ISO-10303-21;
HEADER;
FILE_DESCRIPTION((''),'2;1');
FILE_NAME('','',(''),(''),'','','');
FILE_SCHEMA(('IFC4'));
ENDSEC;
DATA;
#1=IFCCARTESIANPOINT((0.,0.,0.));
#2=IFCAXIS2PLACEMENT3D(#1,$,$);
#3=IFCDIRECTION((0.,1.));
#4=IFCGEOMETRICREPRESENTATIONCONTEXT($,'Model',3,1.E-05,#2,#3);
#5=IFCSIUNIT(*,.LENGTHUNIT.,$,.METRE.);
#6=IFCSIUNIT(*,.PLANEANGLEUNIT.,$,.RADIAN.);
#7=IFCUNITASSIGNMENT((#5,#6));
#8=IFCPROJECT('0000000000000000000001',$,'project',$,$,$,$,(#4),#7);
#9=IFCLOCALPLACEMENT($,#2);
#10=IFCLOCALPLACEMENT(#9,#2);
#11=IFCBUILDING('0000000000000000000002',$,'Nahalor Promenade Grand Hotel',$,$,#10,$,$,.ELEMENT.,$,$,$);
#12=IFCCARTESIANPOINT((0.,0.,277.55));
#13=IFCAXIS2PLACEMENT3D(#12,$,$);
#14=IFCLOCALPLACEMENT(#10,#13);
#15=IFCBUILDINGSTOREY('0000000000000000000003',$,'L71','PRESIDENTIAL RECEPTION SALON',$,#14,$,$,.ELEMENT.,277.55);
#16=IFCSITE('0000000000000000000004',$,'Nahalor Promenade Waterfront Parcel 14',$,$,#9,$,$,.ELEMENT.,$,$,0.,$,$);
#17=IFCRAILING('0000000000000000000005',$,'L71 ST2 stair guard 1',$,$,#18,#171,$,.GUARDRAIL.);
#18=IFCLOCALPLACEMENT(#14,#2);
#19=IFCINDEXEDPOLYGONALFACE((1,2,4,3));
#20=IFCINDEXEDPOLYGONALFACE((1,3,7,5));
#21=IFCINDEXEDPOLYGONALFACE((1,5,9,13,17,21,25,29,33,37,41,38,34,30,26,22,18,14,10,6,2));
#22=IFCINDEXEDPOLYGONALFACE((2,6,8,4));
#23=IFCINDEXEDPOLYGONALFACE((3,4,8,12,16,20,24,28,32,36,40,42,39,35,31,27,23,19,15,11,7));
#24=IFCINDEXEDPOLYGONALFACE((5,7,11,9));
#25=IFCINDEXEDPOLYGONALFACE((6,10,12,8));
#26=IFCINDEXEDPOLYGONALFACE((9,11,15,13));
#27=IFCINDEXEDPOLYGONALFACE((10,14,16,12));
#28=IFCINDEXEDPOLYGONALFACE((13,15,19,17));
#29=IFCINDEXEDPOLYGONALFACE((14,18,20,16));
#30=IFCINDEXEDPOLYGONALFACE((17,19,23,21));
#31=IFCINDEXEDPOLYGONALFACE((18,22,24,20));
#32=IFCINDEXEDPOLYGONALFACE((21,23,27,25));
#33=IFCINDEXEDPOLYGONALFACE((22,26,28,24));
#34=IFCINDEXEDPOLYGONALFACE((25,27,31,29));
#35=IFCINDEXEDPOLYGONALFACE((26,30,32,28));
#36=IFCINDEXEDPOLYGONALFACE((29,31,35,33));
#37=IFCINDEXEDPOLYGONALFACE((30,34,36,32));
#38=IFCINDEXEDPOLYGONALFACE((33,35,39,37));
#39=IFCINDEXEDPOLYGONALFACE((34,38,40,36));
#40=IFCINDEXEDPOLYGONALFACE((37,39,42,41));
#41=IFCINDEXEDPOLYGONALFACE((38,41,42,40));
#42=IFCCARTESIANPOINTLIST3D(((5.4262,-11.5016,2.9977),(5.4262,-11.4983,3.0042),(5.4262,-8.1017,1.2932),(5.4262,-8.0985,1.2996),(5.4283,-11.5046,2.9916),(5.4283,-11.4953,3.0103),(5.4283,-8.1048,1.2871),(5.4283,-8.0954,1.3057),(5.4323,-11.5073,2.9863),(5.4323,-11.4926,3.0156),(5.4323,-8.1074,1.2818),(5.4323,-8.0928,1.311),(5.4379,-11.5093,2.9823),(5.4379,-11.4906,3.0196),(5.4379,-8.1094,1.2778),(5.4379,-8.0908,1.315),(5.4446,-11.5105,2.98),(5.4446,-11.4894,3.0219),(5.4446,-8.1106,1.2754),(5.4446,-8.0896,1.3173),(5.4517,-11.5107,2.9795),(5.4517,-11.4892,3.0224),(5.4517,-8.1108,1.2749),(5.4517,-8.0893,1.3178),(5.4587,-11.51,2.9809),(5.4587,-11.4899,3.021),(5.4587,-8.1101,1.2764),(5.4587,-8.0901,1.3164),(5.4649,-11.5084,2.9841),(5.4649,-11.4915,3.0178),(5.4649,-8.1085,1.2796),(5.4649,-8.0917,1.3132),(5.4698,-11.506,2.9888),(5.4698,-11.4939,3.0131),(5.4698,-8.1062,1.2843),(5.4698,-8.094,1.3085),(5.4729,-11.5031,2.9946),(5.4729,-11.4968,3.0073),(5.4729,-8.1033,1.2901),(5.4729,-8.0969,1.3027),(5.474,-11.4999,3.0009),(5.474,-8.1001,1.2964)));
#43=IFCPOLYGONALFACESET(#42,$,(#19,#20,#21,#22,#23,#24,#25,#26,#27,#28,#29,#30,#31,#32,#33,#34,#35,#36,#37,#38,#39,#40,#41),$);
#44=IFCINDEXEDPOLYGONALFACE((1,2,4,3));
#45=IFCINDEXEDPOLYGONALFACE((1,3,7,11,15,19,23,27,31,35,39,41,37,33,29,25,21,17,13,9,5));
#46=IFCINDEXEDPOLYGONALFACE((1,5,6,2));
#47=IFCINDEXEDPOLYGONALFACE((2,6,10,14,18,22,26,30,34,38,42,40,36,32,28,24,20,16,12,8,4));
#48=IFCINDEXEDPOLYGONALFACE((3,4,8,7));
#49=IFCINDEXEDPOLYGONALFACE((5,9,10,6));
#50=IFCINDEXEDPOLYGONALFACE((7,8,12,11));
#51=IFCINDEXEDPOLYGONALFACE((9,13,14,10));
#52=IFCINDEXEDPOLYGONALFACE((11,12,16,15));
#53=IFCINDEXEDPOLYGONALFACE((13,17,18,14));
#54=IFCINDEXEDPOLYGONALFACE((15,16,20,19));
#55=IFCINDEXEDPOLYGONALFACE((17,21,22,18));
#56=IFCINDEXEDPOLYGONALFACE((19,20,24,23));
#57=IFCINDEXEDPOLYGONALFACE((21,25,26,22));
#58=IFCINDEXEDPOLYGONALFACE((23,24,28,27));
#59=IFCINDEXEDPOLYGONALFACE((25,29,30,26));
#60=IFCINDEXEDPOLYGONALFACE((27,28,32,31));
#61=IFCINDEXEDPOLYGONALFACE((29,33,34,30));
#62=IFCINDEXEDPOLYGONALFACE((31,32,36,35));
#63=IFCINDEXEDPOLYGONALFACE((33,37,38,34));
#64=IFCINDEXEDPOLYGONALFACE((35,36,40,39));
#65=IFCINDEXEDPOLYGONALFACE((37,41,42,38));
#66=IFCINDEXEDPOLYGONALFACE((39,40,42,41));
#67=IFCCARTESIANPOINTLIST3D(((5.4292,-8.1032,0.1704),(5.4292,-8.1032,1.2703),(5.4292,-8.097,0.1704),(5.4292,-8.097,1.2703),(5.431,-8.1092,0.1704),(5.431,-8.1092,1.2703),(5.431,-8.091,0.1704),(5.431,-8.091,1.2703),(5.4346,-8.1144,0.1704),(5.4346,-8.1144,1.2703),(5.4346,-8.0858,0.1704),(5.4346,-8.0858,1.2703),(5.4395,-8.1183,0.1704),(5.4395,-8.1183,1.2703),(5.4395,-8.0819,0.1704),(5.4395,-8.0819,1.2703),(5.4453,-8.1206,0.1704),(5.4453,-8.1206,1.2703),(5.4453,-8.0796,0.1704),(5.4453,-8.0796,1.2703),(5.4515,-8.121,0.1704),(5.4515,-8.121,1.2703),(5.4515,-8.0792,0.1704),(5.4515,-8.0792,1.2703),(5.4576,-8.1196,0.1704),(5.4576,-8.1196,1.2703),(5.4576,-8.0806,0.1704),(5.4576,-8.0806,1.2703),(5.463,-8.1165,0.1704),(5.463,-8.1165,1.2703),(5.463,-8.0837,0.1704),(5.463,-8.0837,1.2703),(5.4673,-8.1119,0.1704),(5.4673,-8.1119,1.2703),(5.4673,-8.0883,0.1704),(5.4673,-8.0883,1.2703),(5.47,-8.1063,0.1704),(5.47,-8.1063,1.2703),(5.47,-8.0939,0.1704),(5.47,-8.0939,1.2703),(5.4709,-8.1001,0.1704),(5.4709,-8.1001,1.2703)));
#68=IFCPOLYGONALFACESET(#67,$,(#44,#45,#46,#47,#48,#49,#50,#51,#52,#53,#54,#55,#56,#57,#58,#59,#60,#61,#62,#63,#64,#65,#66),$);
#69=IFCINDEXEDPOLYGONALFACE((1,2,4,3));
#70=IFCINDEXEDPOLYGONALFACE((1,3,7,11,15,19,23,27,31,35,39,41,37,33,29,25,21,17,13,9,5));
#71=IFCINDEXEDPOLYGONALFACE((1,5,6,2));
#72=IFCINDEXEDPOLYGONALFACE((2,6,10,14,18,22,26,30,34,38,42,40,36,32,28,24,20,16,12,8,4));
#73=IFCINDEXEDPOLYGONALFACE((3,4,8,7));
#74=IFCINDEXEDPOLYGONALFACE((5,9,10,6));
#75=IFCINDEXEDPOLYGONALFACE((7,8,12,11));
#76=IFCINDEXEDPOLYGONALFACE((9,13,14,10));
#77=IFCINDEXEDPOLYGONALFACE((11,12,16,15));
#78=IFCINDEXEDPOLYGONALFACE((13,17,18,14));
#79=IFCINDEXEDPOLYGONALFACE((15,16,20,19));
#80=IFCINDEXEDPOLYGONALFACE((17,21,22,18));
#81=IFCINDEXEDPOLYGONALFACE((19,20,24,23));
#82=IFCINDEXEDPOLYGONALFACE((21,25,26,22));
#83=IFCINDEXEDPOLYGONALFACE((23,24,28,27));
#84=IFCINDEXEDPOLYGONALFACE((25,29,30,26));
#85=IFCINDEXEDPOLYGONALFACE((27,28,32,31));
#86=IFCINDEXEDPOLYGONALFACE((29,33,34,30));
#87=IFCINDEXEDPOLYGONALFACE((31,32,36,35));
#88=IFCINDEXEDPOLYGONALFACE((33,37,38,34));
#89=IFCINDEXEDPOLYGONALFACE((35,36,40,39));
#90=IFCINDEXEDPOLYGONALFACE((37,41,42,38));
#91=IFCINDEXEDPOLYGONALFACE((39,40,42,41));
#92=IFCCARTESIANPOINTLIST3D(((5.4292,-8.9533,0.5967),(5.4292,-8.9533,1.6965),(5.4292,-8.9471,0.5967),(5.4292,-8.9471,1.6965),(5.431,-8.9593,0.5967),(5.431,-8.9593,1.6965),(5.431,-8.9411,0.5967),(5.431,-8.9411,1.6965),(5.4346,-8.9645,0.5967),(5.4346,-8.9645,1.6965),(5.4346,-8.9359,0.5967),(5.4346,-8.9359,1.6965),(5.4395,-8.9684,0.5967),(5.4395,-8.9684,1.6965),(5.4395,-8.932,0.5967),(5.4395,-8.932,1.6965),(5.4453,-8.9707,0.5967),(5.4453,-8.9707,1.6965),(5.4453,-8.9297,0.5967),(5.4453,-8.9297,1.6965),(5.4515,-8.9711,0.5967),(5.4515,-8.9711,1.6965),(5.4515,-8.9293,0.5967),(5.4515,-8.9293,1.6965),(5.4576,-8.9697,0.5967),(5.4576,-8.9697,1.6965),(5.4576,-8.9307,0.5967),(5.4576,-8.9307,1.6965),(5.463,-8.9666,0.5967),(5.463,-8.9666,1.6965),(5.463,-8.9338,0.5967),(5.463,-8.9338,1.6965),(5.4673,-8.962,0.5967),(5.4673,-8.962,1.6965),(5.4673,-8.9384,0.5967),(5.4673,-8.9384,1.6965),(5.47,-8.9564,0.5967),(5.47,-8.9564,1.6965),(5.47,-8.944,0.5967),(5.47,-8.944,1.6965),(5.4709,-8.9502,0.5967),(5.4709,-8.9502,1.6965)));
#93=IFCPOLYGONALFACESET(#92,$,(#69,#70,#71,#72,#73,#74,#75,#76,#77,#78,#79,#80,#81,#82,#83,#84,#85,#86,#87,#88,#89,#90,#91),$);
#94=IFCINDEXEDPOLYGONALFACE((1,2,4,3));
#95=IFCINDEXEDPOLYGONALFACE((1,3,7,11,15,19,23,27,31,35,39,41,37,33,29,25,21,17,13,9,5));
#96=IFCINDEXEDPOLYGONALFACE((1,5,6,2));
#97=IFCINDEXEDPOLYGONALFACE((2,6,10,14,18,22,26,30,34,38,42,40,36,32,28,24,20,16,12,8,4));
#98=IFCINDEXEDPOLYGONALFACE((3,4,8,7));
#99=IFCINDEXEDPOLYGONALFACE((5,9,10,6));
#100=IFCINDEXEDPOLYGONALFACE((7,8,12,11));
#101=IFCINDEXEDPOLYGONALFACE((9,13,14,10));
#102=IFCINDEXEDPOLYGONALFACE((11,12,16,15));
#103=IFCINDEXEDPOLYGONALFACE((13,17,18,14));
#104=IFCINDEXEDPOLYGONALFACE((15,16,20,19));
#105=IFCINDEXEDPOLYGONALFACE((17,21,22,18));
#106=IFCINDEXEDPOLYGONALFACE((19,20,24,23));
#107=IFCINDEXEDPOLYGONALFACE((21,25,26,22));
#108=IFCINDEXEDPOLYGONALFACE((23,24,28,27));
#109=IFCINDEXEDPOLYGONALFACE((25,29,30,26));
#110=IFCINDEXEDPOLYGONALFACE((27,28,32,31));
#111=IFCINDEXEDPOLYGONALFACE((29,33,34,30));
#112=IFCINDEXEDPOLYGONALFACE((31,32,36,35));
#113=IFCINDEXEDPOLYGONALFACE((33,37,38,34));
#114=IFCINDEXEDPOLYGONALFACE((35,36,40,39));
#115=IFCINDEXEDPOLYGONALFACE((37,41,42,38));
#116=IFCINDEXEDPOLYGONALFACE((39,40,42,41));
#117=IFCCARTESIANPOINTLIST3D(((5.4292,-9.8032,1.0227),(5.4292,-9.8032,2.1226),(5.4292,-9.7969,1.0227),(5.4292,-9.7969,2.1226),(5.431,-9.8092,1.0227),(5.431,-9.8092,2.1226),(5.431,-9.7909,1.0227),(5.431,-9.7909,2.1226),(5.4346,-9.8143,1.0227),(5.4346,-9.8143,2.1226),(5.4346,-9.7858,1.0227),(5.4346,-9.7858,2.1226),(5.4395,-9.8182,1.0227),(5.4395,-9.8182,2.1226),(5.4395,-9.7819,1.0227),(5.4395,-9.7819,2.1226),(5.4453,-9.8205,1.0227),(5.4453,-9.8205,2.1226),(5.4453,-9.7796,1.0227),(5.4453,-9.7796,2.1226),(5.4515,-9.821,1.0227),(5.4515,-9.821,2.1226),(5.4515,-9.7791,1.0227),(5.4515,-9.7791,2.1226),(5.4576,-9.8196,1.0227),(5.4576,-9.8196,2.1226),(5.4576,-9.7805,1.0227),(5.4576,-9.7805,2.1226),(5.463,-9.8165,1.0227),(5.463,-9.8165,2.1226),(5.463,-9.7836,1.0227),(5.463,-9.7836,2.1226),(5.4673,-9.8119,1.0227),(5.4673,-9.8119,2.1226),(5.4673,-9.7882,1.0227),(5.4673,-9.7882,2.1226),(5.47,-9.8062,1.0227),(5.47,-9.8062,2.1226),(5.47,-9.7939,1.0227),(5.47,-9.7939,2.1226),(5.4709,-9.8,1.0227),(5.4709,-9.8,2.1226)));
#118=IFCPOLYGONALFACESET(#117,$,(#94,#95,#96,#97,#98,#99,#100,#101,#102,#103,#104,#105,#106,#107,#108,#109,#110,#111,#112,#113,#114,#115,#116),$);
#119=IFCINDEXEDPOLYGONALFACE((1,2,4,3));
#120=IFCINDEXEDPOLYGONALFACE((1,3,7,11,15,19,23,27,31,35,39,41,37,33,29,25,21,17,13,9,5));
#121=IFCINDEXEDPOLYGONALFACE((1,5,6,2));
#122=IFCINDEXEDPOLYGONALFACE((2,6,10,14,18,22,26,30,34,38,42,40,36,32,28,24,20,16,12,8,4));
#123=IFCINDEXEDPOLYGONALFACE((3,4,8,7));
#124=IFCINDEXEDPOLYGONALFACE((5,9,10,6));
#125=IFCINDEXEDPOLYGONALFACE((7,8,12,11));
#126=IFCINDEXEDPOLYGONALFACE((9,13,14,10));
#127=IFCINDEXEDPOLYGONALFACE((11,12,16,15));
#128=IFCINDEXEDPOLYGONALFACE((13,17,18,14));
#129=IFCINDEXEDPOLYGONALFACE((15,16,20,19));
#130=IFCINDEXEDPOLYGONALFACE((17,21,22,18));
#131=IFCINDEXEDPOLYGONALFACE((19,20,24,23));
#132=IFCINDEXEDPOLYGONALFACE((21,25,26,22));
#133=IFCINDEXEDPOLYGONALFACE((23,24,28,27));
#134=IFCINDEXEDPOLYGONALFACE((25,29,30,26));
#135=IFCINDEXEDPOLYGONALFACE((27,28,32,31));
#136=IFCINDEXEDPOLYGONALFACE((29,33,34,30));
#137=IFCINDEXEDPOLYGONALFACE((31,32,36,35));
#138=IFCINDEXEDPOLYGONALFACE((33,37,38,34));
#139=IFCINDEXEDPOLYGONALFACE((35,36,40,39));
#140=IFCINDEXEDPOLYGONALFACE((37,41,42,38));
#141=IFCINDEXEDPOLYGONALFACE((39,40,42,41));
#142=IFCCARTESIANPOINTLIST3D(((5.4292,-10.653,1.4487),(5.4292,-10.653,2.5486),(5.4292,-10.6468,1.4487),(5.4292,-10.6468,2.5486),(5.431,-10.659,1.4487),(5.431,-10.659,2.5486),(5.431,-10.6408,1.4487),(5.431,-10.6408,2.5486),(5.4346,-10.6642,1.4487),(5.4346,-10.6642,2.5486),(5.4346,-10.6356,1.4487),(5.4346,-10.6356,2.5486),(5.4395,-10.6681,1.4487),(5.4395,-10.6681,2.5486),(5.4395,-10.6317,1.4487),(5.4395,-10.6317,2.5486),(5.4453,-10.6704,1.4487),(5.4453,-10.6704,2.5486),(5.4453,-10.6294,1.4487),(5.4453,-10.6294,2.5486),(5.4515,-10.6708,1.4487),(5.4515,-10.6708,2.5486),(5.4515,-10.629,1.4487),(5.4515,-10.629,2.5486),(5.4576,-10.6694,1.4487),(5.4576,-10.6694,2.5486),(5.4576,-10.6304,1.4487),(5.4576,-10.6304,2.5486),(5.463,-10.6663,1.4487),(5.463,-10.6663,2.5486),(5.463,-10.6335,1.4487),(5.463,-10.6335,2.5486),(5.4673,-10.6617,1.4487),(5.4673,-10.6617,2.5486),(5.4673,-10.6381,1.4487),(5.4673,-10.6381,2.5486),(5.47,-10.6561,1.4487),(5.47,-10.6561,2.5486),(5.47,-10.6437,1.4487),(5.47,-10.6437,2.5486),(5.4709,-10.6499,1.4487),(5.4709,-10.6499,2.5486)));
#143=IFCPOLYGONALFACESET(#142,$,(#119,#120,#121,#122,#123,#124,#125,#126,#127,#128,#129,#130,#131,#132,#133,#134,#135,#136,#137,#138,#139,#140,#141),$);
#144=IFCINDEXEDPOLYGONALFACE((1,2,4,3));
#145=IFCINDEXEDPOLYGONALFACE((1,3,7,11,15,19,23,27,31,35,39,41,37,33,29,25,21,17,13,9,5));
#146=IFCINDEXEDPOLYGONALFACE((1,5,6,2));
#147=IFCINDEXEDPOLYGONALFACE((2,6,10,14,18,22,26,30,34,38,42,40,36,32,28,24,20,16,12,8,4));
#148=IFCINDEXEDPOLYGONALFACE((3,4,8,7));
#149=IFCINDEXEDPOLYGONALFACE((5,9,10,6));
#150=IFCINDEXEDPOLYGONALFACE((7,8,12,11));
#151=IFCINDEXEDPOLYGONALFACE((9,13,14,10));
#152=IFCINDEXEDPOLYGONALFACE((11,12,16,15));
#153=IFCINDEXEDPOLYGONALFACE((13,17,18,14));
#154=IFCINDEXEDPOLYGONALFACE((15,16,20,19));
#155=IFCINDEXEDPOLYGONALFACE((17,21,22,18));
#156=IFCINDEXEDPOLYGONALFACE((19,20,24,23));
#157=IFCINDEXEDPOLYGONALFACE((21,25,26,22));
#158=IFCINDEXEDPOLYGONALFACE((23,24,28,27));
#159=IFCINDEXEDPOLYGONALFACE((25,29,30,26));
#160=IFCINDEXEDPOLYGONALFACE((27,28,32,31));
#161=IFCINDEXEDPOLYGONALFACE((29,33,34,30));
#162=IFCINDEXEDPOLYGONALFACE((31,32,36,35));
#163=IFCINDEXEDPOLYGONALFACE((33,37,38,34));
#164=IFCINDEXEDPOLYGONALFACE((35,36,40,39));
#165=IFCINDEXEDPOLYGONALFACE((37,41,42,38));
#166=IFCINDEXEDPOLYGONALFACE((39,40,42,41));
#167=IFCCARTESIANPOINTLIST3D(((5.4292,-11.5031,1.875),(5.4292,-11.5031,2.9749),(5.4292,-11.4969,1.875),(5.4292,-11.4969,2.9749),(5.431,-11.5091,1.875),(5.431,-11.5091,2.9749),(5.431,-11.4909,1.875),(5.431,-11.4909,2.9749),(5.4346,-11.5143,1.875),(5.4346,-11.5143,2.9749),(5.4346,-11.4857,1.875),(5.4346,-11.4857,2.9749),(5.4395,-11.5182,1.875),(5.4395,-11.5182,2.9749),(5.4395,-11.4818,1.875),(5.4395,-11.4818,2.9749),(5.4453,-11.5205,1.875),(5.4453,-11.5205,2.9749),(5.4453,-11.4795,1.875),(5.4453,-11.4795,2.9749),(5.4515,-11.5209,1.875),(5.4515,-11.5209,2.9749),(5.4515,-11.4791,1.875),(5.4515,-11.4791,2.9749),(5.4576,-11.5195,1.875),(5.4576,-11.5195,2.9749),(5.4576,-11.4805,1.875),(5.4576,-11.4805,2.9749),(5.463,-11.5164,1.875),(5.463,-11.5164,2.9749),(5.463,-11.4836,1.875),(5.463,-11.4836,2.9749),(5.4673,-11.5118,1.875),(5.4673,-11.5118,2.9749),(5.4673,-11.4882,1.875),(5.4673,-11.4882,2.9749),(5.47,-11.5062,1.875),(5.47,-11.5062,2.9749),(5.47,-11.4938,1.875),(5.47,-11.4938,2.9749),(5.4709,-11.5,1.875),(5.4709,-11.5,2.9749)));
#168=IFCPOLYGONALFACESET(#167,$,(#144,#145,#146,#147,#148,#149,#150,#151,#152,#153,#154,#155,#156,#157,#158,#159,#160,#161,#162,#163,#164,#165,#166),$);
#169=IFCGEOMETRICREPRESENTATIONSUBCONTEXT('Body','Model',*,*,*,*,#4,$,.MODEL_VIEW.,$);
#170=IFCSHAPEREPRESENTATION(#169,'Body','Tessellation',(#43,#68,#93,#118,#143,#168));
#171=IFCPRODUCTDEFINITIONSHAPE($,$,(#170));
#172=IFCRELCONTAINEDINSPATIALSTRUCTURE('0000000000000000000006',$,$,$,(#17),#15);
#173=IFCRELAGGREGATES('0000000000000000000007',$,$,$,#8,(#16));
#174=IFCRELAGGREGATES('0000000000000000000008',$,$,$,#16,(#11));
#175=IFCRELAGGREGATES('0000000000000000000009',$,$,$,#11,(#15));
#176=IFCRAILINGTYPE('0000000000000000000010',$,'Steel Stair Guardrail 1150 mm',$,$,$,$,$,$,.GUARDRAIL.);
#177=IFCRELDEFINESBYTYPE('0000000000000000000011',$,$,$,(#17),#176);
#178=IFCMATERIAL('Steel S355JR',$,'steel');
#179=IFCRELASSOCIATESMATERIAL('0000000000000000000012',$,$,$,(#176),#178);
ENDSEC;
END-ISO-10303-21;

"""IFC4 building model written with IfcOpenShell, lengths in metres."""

from ifc_helpers import new_model, si_unit, direction, frame, origin, origin_2d, place, context, subcontext, project, spatial, circle, extrude, material, type_object, element, save


model = new_model("IFC4")

# Units and contexts
model_context = context("Model", 3, precision=1e-05, world=origin(), true_north=direction((0.0, 1.0)))
body_context = subcontext(model_context, "Body", "Model", "MODEL_VIEW")
ifc_project = project(units=[si_unit("LENGTHUNIT", "METRE"), si_unit("PLANEANGLEUNIT", "RADIAN")], contexts=[model_context])

# Site, building, storey
site_placement = place(None, origin())
site = spatial("IfcSite", under=ifc_project, at=site_placement, Name="Nahalor Promenade Waterfront Parcel 14", CompositionType="ELEMENT", RefElevation=0.0)
building_placement = place(site_placement, origin())
building = spatial("IfcBuilding", under=site, at=building_placement, Name="Nahalor Promenade Grand Hotel", CompositionType="ELEMENT")
storey_placement = place(building_placement, frame((0.0, 0.0, 277.55)))
storey = spatial("IfcBuildingStorey", under=building, at=storey_placement, Name="L71", Description="PRESIDENTIAL RECEPTION SALON", CompositionType="ELEMENT", Elevation=277.55)

# Shared definitions
ifc_material_1 = material(Name="Steel S355JR", Category="steel")

# Railing
railing_type_1 = type_object("IfcRailingType", Name="Steel Stair Guardrail 1150 mm", PredefinedType="GUARDRAIL", material=ifc_material_1)
railing_1_placement = place(storey_placement, frame((5.45, -8.1001, 0.1704)))
element("IfcRailing", 1, at=railing_1_placement, inside=storey, type_object=railing_type_1, Name="L71 ST2 stair guard 1", PredefinedType="GUARDRAIL", context=body_context, shape_type="SweptSolid", body=[
    extrude(circle(Radius=0.024, at=origin_2d()), frame((0.0, 0.0, 1.126), z_axis=(0.0, -0.893939, 0.448189), x_axis=(1.0, 0.0, 0.0)), (0.0, 0.0, 1.0), 3.8032),
    extrude(circle(Radius=0.021, at=origin_2d()), origin(), (0.0, 0.0, 1.0), 1.0999),
    extrude(circle(Radius=0.021, at=origin_2d()), frame((0.0, -0.8501, 0.4263)), (0.0, 0.0, 1.0), 1.0999),
    extrude(circle(Radius=0.021, at=origin_2d()), frame((0.0, -1.7, 0.8523)), (0.0, 0.0, 1.0), 1.0999),
    extrude(circle(Radius=0.021, at=origin_2d()), frame((0.0, -2.5498, 1.2783)), (0.0, 0.0, 1.0), 1.0999),
    extrude(circle(Radius=0.021, at=origin_2d()), frame((0.0, -3.3999, 1.7046)), (0.0, 0.0, 1.0), 1.0999),
])

save(model, "model.ifc")
